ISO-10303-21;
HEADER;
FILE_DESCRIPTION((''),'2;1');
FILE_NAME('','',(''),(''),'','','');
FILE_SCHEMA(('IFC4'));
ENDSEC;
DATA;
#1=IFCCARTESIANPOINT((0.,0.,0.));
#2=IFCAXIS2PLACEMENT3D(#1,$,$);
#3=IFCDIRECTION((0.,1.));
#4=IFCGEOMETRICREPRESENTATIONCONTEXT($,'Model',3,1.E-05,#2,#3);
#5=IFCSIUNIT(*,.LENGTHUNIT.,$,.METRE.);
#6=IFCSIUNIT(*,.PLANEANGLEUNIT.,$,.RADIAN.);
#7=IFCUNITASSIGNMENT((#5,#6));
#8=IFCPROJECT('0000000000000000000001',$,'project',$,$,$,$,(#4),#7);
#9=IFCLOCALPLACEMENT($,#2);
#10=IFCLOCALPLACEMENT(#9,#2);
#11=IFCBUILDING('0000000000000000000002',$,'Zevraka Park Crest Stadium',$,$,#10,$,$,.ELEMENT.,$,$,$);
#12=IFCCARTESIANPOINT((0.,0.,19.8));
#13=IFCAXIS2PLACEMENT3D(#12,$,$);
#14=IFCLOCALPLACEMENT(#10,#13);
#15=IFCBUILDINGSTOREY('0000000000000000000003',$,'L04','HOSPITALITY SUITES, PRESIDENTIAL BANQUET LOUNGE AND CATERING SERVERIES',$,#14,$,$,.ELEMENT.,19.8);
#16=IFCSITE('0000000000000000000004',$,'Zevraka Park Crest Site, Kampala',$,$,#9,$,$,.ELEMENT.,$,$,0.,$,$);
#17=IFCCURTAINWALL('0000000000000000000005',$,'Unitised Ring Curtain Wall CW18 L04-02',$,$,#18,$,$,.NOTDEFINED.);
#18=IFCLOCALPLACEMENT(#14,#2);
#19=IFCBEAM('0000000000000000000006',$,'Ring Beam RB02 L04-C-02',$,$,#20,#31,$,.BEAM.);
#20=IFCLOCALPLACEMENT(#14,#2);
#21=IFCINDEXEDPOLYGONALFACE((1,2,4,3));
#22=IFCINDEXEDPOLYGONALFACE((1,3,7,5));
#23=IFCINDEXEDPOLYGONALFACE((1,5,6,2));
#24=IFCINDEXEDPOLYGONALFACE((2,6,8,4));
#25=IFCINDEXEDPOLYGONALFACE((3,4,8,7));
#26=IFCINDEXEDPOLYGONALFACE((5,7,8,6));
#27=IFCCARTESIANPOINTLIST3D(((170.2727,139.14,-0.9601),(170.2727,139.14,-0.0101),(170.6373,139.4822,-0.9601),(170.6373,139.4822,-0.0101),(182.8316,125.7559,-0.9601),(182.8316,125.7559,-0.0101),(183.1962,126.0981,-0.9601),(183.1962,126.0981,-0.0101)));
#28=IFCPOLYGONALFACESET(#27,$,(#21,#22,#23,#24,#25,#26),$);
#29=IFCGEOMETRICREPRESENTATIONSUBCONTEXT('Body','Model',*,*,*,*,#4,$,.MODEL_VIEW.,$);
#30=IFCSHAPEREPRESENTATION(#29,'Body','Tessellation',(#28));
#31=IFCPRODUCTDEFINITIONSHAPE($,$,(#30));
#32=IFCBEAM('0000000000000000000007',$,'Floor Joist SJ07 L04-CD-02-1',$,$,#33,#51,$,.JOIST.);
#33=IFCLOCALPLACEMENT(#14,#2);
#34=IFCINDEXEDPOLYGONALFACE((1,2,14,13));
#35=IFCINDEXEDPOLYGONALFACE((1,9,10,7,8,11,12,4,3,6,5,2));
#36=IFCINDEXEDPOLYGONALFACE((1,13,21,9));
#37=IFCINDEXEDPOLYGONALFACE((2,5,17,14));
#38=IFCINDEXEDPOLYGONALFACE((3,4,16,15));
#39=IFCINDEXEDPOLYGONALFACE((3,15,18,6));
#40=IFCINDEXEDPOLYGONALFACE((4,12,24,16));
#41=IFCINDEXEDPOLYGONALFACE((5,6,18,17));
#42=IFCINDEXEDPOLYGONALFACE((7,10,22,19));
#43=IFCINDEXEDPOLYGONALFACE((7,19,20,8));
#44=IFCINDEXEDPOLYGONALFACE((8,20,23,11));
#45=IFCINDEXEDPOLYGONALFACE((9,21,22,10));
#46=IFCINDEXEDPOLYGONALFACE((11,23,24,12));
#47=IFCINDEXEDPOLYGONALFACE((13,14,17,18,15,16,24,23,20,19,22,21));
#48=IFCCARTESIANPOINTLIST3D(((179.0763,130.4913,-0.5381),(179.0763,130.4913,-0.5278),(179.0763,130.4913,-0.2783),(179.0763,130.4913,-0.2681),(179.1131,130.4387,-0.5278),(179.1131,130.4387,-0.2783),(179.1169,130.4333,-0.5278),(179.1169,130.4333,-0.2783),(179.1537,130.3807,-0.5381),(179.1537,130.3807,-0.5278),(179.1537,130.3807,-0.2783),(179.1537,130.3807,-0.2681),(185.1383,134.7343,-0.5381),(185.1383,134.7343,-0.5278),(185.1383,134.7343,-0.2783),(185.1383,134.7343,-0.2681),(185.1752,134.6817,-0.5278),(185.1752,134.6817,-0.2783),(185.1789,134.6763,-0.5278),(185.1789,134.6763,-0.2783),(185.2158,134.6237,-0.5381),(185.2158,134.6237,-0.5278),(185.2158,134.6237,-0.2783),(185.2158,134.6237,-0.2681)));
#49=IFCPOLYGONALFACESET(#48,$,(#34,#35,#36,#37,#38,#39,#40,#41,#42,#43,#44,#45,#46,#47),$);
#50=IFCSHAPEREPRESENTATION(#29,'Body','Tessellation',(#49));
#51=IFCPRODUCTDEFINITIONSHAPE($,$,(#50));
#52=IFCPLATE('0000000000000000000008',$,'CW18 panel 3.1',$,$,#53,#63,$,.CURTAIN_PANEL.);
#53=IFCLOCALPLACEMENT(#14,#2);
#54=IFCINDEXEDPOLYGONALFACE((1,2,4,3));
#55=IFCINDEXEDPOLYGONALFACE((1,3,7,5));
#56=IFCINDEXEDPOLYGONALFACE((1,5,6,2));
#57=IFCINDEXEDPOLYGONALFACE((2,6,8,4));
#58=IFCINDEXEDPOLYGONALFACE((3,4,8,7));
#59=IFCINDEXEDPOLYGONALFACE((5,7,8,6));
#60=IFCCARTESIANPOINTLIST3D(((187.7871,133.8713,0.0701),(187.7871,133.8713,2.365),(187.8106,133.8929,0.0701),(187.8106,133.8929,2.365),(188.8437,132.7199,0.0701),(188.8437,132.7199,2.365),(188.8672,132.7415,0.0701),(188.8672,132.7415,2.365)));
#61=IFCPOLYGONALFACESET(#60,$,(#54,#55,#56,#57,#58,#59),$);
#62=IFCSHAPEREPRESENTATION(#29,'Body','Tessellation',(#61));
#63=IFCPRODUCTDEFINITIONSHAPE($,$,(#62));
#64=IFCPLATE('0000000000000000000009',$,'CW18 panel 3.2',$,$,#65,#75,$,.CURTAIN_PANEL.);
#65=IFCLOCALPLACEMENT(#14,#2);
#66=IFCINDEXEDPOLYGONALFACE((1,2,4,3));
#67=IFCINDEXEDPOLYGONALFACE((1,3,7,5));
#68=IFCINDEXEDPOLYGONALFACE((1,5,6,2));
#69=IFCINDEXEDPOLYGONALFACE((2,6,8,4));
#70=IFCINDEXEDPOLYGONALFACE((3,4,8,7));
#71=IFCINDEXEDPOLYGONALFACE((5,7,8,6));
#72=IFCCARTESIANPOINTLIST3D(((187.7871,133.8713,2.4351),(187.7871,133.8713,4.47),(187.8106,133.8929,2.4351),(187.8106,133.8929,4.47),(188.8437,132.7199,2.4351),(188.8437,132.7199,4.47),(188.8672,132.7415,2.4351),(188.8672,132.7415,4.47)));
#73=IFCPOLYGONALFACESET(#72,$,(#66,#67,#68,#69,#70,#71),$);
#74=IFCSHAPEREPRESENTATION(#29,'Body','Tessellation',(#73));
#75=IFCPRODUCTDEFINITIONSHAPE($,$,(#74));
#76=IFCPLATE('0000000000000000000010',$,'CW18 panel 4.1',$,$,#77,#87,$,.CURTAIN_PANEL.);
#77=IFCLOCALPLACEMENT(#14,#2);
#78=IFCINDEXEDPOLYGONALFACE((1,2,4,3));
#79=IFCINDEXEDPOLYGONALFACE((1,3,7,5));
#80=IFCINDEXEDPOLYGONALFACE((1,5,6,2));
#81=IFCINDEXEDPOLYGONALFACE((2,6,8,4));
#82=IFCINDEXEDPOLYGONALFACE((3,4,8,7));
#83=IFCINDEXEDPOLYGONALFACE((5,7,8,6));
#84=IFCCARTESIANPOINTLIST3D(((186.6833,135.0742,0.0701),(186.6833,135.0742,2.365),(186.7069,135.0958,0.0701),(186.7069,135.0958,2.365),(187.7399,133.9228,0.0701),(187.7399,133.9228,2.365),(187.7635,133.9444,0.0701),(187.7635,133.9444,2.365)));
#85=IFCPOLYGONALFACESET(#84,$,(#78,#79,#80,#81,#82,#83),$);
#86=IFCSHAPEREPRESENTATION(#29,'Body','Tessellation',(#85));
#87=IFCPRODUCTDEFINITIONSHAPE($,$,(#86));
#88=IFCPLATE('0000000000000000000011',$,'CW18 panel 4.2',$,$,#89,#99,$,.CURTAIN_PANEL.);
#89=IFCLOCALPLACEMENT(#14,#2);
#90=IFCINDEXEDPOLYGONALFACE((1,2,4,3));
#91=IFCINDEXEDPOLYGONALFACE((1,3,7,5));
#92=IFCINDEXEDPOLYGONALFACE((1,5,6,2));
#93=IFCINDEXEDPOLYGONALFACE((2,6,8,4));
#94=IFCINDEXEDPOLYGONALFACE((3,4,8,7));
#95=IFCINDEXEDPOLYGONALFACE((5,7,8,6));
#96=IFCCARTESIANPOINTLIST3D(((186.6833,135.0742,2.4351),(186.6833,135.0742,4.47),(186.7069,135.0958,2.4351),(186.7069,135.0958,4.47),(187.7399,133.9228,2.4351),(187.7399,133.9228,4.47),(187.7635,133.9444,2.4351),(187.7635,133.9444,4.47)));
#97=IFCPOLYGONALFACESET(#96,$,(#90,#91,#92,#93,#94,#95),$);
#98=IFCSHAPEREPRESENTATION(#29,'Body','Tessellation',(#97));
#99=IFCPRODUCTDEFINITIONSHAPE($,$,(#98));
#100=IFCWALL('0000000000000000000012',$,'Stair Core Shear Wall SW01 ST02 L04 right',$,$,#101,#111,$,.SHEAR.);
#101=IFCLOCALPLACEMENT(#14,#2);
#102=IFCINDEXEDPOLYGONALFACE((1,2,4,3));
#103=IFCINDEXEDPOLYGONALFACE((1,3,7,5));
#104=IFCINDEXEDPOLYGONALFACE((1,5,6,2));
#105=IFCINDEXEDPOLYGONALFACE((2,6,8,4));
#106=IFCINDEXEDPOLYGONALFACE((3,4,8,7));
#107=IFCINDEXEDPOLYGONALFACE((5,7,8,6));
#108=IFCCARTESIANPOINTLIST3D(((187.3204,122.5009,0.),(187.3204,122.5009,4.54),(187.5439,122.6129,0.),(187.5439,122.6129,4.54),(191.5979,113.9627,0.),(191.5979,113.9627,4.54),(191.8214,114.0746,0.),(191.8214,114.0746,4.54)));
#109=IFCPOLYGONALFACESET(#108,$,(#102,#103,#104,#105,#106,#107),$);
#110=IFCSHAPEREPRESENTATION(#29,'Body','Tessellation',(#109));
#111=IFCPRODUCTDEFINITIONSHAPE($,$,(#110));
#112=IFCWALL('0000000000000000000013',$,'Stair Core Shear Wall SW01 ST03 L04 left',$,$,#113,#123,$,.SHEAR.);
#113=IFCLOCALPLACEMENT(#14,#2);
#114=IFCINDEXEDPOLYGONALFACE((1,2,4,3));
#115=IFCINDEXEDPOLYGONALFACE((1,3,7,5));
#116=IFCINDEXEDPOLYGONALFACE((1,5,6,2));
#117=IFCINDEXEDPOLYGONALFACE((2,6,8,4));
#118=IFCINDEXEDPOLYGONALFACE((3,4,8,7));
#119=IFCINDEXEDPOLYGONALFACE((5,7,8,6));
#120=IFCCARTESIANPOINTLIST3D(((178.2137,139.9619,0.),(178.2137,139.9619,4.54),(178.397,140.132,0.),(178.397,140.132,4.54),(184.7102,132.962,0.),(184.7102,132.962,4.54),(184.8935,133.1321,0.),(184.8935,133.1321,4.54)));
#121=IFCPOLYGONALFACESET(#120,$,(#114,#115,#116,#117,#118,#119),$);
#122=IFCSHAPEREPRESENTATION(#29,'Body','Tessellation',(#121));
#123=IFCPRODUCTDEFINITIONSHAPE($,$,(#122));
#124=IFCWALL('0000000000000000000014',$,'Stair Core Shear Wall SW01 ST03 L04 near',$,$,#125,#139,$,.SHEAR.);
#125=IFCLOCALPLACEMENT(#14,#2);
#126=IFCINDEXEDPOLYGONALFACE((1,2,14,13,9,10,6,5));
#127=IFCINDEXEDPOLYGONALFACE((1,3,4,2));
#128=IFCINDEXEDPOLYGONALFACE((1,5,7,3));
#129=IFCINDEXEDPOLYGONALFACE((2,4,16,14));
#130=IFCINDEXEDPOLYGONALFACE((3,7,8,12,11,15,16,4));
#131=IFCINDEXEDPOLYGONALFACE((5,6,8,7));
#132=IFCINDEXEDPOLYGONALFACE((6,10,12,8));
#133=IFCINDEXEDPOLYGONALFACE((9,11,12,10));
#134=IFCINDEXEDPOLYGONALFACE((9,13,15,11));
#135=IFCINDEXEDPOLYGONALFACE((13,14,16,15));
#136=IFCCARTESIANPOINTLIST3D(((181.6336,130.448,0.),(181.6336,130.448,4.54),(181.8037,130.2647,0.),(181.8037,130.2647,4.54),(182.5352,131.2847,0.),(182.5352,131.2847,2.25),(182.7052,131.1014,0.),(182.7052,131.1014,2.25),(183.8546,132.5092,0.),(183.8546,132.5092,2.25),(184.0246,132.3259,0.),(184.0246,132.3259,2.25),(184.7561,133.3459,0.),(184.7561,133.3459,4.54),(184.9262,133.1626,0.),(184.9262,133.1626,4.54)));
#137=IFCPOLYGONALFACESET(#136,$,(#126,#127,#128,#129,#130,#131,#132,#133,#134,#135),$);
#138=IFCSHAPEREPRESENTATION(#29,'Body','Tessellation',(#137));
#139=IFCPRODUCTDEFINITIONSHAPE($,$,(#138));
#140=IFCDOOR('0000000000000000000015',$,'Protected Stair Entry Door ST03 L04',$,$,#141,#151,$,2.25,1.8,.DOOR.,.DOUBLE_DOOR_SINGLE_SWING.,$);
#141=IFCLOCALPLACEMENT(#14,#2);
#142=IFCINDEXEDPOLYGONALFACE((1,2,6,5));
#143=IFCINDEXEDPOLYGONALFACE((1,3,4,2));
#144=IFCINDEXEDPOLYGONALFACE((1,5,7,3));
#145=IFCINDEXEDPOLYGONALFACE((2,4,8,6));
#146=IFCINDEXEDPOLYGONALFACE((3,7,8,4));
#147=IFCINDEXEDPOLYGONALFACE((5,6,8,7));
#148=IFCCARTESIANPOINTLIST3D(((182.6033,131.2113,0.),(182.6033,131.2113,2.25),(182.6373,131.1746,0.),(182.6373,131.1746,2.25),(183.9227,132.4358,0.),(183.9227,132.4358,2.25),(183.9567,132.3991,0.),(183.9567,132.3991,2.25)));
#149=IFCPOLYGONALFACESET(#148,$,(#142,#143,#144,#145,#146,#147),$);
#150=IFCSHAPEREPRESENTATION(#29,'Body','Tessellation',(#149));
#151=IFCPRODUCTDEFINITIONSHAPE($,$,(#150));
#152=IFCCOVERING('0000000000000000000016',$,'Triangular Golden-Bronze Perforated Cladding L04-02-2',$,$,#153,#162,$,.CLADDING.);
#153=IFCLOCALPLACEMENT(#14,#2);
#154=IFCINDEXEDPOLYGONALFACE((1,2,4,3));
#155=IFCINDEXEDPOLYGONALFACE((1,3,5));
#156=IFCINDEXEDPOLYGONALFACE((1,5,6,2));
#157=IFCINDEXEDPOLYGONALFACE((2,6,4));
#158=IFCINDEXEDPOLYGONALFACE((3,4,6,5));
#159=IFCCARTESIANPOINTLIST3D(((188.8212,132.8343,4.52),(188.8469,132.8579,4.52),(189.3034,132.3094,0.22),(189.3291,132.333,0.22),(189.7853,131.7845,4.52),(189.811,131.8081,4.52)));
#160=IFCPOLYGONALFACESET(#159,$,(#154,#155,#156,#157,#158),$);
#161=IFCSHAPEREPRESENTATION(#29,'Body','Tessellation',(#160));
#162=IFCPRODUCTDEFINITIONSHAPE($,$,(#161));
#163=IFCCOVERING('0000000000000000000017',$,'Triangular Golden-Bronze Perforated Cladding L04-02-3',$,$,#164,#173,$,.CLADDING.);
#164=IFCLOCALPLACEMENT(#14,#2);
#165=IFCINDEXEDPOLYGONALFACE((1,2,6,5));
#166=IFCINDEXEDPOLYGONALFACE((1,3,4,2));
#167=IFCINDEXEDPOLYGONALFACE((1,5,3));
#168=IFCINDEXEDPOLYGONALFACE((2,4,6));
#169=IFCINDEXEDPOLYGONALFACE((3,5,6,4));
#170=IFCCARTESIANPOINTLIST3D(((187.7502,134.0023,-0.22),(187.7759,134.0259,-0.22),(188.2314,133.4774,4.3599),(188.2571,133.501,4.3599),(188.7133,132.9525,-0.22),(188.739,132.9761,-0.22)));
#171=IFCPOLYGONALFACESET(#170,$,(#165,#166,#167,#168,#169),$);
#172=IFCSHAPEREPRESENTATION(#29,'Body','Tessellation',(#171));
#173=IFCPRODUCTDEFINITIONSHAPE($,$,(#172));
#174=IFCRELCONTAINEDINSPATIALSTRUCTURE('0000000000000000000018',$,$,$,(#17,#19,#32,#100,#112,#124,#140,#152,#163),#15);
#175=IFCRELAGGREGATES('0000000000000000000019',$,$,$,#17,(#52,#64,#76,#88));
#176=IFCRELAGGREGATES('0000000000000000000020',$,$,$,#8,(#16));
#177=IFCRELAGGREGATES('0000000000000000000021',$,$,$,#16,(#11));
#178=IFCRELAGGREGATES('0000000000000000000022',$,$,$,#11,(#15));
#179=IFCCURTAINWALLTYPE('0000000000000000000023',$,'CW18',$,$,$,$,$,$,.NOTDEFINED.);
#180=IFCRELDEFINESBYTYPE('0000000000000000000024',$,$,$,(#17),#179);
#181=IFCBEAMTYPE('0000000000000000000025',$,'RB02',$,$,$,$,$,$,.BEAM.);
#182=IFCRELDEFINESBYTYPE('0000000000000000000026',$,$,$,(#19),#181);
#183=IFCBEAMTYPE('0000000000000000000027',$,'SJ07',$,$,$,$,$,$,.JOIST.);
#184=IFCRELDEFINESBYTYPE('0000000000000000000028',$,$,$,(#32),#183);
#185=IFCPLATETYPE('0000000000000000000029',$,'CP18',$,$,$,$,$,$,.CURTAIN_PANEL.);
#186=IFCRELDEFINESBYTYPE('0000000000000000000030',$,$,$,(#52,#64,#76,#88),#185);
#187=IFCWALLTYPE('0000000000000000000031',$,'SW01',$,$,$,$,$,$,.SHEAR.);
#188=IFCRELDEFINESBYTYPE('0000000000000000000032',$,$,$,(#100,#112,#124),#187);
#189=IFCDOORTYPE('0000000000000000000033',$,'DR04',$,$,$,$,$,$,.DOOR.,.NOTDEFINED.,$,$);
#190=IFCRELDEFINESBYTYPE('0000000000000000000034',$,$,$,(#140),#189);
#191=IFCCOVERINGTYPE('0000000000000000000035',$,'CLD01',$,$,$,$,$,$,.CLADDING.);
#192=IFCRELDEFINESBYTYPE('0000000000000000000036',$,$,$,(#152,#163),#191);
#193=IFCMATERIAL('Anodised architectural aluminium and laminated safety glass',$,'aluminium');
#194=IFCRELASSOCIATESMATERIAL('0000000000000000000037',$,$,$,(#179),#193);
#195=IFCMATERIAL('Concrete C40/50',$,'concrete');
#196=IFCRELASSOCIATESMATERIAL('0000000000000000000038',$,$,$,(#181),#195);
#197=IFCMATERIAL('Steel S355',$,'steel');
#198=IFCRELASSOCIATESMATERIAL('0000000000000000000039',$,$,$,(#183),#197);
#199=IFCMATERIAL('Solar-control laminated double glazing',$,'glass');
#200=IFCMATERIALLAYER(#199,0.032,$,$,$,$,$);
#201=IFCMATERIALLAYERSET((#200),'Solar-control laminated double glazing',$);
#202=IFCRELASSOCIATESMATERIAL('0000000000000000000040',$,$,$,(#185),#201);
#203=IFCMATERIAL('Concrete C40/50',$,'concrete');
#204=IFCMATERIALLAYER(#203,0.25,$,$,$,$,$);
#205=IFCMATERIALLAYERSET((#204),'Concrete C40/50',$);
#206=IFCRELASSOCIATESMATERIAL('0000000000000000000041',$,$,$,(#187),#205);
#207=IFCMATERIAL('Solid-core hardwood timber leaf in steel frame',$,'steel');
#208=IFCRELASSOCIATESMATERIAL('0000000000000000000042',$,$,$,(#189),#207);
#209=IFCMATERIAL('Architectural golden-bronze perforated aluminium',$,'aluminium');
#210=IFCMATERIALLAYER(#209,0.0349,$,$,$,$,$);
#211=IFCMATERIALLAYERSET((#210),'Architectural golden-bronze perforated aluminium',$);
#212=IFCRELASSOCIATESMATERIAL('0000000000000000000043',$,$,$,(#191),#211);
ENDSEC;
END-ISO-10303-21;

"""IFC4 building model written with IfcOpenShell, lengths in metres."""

from ifc_helpers import new_model, si_unit, direction, frame, frame_2d, origin, origin_2d, place, context, subcontext, project, spatial, polyline, rectangle, i_section, outline, extrude, material, layer, layer_set, material_profile, profile_set, type_object, element, fill, aggregate, save


model = new_model("IFC4")

# Units and contexts
model_context = context("Model", 3, precision=1e-05, world=origin(), true_north=direction((0.0, 1.0)))
body_context = subcontext(model_context, "Body", "Model", "MODEL_VIEW")
ifc_project = project(units=[si_unit("LENGTHUNIT", "METRE"), si_unit("PLANEANGLEUNIT", "RADIAN")], contexts=[model_context])

# Site, building, storey
site_placement = place(None, origin())
site = spatial("IfcSite", under=ifc_project, at=site_placement, Name="Zevraka Park Crest Site, Kampala", CompositionType="ELEMENT", RefElevation=0.0)
building_placement = place(site_placement, origin())
building = spatial("IfcBuilding", under=site, at=building_placement, Name="Zevraka Park Crest Stadium", CompositionType="ELEMENT")
storey_placement = place(building_placement, frame((0.0, 0.0, 19.8)))
storey = spatial("IfcBuildingStorey", under=building, at=storey_placement, Name="L04", Description="HOSPITALITY SUITES, PRESIDENTIAL BANQUET LOUNGE AND CATERING SERVERIES", CompositionType="ELEMENT", Elevation=19.8)

# Curtain wall
ifc_material_1 = material(Name="Anodised architectural aluminium and laminated safety glass", Category="aluminium")
curtain_wall_type = type_object("IfcCurtainWallType", Name="CW18", PredefinedType="NOTDEFINED", material=ifc_material_1)
curtain_wall_placement = place(storey_placement, origin())
curtain_wall = element("IfcCurtainWall", 1, at=curtain_wall_placement, inside=storey, type_object=curtain_wall_type, Name="Unitised Ring Curtain Wall CW18 L04-02", PredefinedType="NOTDEFINED")

# Beams
ifc_material_2 = material(Name="Concrete C40/50", Category="concrete")
ifc_material_profile_1 = material_profile(ifc_material_2, rectangle(XDim=0.5, YDim=0.95, at=origin_2d()), Name="RC 950x500")
ifc_profile_set_1 = profile_set([ifc_material_profile_1], Name="Concrete C40/50")
beam_type_1 = type_object("IfcBeamType", Name="RB02", PredefinedType="BEAM", material=ifc_profile_set_1)
beam_1_placement = place(storey_placement, frame((183.0139, 125.927, -0.4851), z_axis=(-0.684269, 0.72923, 0.0), x_axis=(-0.72923, -0.684269, 0.0)))
element("IfcBeam", 2, at=beam_1_placement, inside=storey, type_object=beam_type_1, Name="Ring Beam RB02 L04-C-02", PredefinedType="BEAM", context=body_context, shape_type="SweptSolid", body=[
    extrude(rectangle(XDim=0.5, YDim=0.95, at=origin_2d()), origin(), (0.0, 0.0, 1.0), 18.3538),
])
ifc_material_3 = material(Name="Steel S355", Category="steel")
ifc_material_profile_2 = material_profile(ifc_material_3, i_section(OverallWidth=0.135, OverallDepth=0.27, WebThickness=0.0066, FlangeThickness=0.0103, at=origin_2d()), Name="IPE 270")
ifc_profile_set_2 = profile_set([ifc_material_profile_2], Name="Steel S355")
beam_type_2 = type_object("IfcBeamType", Name="SJ07", PredefinedType="JOIST", material=ifc_profile_set_2)
beam_2_placement = place(storey_placement, frame((179.115, 130.436, -0.4031), z_axis=(0.819263, 0.573418, 0.0), x_axis=(-0.573418, 0.819263, 0.0)))
element("IfcBeam", 3, at=beam_2_placement, inside=storey, type_object=beam_type_2, Name="Floor Joist SJ07 L04-CD-02-1", PredefinedType="JOIST", context=body_context, shape_type="SweptSolid", body=[
    extrude(i_section(OverallWidth=0.135, OverallDepth=0.27, WebThickness=0.0066, FlangeThickness=0.0103, at=origin_2d()), origin(), (0.0, 0.0, 1.0), 7.3994),
])

# Plates
ifc_material_4 = material(Name="Solar-control laminated double glazing", Category="glass")
ifc_layer_1 = layer(ifc_material_4, 0.032)
ifc_layer_set_1 = layer_set([ifc_layer_1], Name="Solar-control laminated double glazing")
plate_type = type_object("IfcPlateType", Name="CP18", PredefinedType="CURTAIN_PANEL", material=ifc_layer_set_1)
plate_1_placement = place(storey_placement, frame((188.3271, 133.3064, 0.0701), z_axis=(0.0, 0.0, 1.0), x_axis=(-0.676138, 0.736775, 0.0)))
plate_1 = element("IfcPlate", 4, at=plate_1_placement, type_object=plate_type, Name="CW18 panel 3.1", PredefinedType="CURTAIN_PANEL", context=body_context, shape_type="SweptSolid", body=[
    extrude(rectangle(XDim=1.5627, YDim=0.032, at=origin_2d()), origin(), (0.0, 0.0, 1.0), 2.2949),
])
plate_2_placement = place(storey_placement, frame((188.3271, 133.3064, 2.4351), z_axis=(0.0, 0.0, 1.0), x_axis=(-0.676138, 0.736775, 0.0)))
plate_2 = element("IfcPlate", 5, at=plate_2_placement, type_object=plate_type, Name="CW18 panel 3.2", PredefinedType="CURTAIN_PANEL", context=body_context, shape_type="SweptSolid", body=[
    extrude(rectangle(XDim=1.5627, YDim=0.032, at=origin_2d()), origin(), (0.0, 0.0, 1.0), 2.0349),
])
plate_3_placement = place(storey_placement, frame((187.2234, 134.5093, 0.0701), z_axis=(0.0, 0.0, 1.0), x_axis=(-0.676138, 0.736775, 0.0)))
plate_3 = element("IfcPlate", 6, at=plate_3_placement, type_object=plate_type, Name="CW18 panel 4.1", PredefinedType="CURTAIN_PANEL", context=body_context, shape_type="SweptSolid", body=[
    extrude(rectangle(XDim=1.5627, YDim=0.032, at=origin_2d()), origin(), (0.0, 0.0, 1.0), 2.2949),
])
plate_4_placement = place(storey_placement, frame((187.2234, 134.5093, 2.4351), z_axis=(0.0, 0.0, 1.0), x_axis=(-0.676138, 0.736775, 0.0)))
plate_4 = element("IfcPlate", 7, at=plate_4_placement, type_object=plate_type, Name="CW18 panel 4.2", PredefinedType="CURTAIN_PANEL", context=body_context, shape_type="SweptSolid", body=[
    extrude(rectangle(XDim=1.5627, YDim=0.032, at=origin_2d()), origin(), (0.0, 0.0, 1.0), 2.0349),
])
aggregate(curtain_wall, [plate_1, plate_2, plate_3, plate_4])

# Walls
ifc_material_5 = material(Name="Concrete C40/50", Category="concrete")
ifc_layer_2 = layer(ifc_material_5, 0.25)
ifc_layer_set_2 = layer_set([ifc_layer_2], Name="Concrete C40/50")
wall_type = type_object("IfcWallType", Name="SW01", PredefinedType="SHEAR", material=ifc_layer_set_2)
wall_1_placement = place(storey_placement, frame((187.4321, 122.5569, 0.0), z_axis=(0.0, 0.0, 1.0), x_axis=(0.447919, -0.894074, 0.0)))
element("IfcWall", 8, at=wall_1_placement, inside=storey, type_object=wall_type, Name="Stair Core Shear Wall SW01 ST02 L04 right", PredefinedType="SHEAR", context=body_context, shape_type="SweptSolid", body=[
    extrude(rectangle(XDim=9.5498, YDim=0.25, at=frame_2d((4.7749, 0.0))), origin(), (0.0, 0.0, 1.0), 4.54),
])
wall_2_placement = place(storey_placement, frame((184.8018, 133.0471, 0.0), z_axis=(0.0, 0.0, 1.0), x_axis=(-0.680259, 0.732972, 0.0)))
element("IfcWall", 9, at=wall_2_placement, inside=storey, type_object=wall_type, Name="Stair Core Shear Wall SW01 ST03 L04 left", PredefinedType="SHEAR", context=body_context, shape_type="SweptSolid", body=[
    extrude(rectangle(XDim=9.55, YDim=0.25, at=frame_2d((4.7749, 0.0))), origin(), (0.0, 0.0, 1.0), 4.54),
])

# Wall, opening, door
wall_3_placement = place(storey_placement, frame((181.7188, 130.3564, 0.0), z_axis=(0.0, 0.0, 1.0), x_axis=(0.732977, 0.680253, 0.0)))
wall_3 = element("IfcWall", 10, at=wall_3_placement, inside=storey, type_object=wall_type, Name="Stair Core Shear Wall SW01 ST03 L04 near", PredefinedType="SHEAR", context=body_context, shape_type="SweptSolid", body=[
    extrude(rectangle(XDim=4.26, YDim=0.25, at=frame_2d((2.1299, 0.0))), origin(), (0.0, 0.0, 1.0), 4.54),
])
opening_placement = place(wall_3_placement, frame((1.23, 0.0, 0.0)))
opening = element("IfcOpeningElement", 11, at=opening_placement, cuts=wall_3, PredefinedType="OPENING", context=body_context, shape_type="SweptSolid", body=[
    extrude(rectangle(XDim=1.8, YDim=2.25, at=frame_2d((0.8999, 1.125))), frame((0.0, 0.135, 0.0), z_axis=(0.0, -1.0, 0.0), x_axis=(1.0, 0.0, 0.0)), (0.0, 0.0, 1.0), 0.27),
])
ifc_material_6 = material(Name="Solid-core hardwood timber leaf in steel frame", Category="steel")
door_type = type_object("IfcDoorType", Name="DR04", OperationType="NOTDEFINED", PredefinedType="DOOR", material=ifc_material_6)
door_placement = place(opening_placement, origin())
door = element("IfcDoor", 12, at=door_placement, inside=storey, type_object=door_type, Name="Protected Stair Entry Door ST03 L04", OperationType="DOUBLE_DOOR_SINGLE_SWING", OverallHeight=2.25, OverallWidth=1.8, PredefinedType="DOOR", context=body_context, shape_type="SweptSolid", body=[
    extrude(rectangle(XDim=1.8, YDim=2.25, at=frame_2d((0.8999, 1.125))), frame((0.0, 0.0249, 0.0), z_axis=(0.0, -1.0, 0.0), x_axis=(1.0, 0.0, 0.0)), (0.0, 0.0, 1.0), 0.05),
])
fill(opening, door)

# Coverings
ifc_material_7 = material(Name="Architectural golden-bronze perforated aluminium", Category="aluminium")
ifc_layer_3 = layer(ifc_material_7, 0.0349)
ifc_layer_set_3 = layer_set([ifc_layer_3], Name="Architectural golden-bronze perforated aluminium")
covering_type = type_object("IfcCoveringType", Name="CLD01", PredefinedType="CLADDING", material=ifc_layer_set_3)
covering_1_placement = place(storey_placement, frame((188.8469, 132.8579, 4.52), z_axis=(0.736528, 0.676407, 0.000021), x_axis=(0.676407, -0.736528, 0.0)))
element("IfcCovering", 13, at=covering_1_placement, inside=storey, type_object=covering_type, Name="Triangular Golden-Bronze Perforated Cladding L04-02-2", PredefinedType="CLADDING", context=body_context, shape_type="SweptSolid", body=[
    extrude(outline(polyline([(0.0, 0.0), (1.4253, 0.0), (0.7128, 4.3), (0.0, 0.0)])), origin(), (0.0, 0.0, -1.0), 0.0349),
])
covering_2_placement = place(storey_placement, frame((188.739, 132.9761, -0.22), z_axis=(0.73687, 0.676035, 0.000059), x_axis=(-0.676035, 0.73687, 0.0)))
element("IfcCovering", 14, at=covering_2_placement, inside=storey, type_object=covering_type, Name="Triangular Golden-Bronze Perforated Cladding L04-02-3", PredefinedType="CLADDING", context=body_context, shape_type="SweptSolid", body=[
    extrude(outline(polyline([(0.0, 0.0), (1.4247, 0.0), (0.7126, 4.5798), (0.0, 0.0)])), origin(), (0.0, 0.0, -1.0), 0.0349),
])

save(model, "model.ifc")
